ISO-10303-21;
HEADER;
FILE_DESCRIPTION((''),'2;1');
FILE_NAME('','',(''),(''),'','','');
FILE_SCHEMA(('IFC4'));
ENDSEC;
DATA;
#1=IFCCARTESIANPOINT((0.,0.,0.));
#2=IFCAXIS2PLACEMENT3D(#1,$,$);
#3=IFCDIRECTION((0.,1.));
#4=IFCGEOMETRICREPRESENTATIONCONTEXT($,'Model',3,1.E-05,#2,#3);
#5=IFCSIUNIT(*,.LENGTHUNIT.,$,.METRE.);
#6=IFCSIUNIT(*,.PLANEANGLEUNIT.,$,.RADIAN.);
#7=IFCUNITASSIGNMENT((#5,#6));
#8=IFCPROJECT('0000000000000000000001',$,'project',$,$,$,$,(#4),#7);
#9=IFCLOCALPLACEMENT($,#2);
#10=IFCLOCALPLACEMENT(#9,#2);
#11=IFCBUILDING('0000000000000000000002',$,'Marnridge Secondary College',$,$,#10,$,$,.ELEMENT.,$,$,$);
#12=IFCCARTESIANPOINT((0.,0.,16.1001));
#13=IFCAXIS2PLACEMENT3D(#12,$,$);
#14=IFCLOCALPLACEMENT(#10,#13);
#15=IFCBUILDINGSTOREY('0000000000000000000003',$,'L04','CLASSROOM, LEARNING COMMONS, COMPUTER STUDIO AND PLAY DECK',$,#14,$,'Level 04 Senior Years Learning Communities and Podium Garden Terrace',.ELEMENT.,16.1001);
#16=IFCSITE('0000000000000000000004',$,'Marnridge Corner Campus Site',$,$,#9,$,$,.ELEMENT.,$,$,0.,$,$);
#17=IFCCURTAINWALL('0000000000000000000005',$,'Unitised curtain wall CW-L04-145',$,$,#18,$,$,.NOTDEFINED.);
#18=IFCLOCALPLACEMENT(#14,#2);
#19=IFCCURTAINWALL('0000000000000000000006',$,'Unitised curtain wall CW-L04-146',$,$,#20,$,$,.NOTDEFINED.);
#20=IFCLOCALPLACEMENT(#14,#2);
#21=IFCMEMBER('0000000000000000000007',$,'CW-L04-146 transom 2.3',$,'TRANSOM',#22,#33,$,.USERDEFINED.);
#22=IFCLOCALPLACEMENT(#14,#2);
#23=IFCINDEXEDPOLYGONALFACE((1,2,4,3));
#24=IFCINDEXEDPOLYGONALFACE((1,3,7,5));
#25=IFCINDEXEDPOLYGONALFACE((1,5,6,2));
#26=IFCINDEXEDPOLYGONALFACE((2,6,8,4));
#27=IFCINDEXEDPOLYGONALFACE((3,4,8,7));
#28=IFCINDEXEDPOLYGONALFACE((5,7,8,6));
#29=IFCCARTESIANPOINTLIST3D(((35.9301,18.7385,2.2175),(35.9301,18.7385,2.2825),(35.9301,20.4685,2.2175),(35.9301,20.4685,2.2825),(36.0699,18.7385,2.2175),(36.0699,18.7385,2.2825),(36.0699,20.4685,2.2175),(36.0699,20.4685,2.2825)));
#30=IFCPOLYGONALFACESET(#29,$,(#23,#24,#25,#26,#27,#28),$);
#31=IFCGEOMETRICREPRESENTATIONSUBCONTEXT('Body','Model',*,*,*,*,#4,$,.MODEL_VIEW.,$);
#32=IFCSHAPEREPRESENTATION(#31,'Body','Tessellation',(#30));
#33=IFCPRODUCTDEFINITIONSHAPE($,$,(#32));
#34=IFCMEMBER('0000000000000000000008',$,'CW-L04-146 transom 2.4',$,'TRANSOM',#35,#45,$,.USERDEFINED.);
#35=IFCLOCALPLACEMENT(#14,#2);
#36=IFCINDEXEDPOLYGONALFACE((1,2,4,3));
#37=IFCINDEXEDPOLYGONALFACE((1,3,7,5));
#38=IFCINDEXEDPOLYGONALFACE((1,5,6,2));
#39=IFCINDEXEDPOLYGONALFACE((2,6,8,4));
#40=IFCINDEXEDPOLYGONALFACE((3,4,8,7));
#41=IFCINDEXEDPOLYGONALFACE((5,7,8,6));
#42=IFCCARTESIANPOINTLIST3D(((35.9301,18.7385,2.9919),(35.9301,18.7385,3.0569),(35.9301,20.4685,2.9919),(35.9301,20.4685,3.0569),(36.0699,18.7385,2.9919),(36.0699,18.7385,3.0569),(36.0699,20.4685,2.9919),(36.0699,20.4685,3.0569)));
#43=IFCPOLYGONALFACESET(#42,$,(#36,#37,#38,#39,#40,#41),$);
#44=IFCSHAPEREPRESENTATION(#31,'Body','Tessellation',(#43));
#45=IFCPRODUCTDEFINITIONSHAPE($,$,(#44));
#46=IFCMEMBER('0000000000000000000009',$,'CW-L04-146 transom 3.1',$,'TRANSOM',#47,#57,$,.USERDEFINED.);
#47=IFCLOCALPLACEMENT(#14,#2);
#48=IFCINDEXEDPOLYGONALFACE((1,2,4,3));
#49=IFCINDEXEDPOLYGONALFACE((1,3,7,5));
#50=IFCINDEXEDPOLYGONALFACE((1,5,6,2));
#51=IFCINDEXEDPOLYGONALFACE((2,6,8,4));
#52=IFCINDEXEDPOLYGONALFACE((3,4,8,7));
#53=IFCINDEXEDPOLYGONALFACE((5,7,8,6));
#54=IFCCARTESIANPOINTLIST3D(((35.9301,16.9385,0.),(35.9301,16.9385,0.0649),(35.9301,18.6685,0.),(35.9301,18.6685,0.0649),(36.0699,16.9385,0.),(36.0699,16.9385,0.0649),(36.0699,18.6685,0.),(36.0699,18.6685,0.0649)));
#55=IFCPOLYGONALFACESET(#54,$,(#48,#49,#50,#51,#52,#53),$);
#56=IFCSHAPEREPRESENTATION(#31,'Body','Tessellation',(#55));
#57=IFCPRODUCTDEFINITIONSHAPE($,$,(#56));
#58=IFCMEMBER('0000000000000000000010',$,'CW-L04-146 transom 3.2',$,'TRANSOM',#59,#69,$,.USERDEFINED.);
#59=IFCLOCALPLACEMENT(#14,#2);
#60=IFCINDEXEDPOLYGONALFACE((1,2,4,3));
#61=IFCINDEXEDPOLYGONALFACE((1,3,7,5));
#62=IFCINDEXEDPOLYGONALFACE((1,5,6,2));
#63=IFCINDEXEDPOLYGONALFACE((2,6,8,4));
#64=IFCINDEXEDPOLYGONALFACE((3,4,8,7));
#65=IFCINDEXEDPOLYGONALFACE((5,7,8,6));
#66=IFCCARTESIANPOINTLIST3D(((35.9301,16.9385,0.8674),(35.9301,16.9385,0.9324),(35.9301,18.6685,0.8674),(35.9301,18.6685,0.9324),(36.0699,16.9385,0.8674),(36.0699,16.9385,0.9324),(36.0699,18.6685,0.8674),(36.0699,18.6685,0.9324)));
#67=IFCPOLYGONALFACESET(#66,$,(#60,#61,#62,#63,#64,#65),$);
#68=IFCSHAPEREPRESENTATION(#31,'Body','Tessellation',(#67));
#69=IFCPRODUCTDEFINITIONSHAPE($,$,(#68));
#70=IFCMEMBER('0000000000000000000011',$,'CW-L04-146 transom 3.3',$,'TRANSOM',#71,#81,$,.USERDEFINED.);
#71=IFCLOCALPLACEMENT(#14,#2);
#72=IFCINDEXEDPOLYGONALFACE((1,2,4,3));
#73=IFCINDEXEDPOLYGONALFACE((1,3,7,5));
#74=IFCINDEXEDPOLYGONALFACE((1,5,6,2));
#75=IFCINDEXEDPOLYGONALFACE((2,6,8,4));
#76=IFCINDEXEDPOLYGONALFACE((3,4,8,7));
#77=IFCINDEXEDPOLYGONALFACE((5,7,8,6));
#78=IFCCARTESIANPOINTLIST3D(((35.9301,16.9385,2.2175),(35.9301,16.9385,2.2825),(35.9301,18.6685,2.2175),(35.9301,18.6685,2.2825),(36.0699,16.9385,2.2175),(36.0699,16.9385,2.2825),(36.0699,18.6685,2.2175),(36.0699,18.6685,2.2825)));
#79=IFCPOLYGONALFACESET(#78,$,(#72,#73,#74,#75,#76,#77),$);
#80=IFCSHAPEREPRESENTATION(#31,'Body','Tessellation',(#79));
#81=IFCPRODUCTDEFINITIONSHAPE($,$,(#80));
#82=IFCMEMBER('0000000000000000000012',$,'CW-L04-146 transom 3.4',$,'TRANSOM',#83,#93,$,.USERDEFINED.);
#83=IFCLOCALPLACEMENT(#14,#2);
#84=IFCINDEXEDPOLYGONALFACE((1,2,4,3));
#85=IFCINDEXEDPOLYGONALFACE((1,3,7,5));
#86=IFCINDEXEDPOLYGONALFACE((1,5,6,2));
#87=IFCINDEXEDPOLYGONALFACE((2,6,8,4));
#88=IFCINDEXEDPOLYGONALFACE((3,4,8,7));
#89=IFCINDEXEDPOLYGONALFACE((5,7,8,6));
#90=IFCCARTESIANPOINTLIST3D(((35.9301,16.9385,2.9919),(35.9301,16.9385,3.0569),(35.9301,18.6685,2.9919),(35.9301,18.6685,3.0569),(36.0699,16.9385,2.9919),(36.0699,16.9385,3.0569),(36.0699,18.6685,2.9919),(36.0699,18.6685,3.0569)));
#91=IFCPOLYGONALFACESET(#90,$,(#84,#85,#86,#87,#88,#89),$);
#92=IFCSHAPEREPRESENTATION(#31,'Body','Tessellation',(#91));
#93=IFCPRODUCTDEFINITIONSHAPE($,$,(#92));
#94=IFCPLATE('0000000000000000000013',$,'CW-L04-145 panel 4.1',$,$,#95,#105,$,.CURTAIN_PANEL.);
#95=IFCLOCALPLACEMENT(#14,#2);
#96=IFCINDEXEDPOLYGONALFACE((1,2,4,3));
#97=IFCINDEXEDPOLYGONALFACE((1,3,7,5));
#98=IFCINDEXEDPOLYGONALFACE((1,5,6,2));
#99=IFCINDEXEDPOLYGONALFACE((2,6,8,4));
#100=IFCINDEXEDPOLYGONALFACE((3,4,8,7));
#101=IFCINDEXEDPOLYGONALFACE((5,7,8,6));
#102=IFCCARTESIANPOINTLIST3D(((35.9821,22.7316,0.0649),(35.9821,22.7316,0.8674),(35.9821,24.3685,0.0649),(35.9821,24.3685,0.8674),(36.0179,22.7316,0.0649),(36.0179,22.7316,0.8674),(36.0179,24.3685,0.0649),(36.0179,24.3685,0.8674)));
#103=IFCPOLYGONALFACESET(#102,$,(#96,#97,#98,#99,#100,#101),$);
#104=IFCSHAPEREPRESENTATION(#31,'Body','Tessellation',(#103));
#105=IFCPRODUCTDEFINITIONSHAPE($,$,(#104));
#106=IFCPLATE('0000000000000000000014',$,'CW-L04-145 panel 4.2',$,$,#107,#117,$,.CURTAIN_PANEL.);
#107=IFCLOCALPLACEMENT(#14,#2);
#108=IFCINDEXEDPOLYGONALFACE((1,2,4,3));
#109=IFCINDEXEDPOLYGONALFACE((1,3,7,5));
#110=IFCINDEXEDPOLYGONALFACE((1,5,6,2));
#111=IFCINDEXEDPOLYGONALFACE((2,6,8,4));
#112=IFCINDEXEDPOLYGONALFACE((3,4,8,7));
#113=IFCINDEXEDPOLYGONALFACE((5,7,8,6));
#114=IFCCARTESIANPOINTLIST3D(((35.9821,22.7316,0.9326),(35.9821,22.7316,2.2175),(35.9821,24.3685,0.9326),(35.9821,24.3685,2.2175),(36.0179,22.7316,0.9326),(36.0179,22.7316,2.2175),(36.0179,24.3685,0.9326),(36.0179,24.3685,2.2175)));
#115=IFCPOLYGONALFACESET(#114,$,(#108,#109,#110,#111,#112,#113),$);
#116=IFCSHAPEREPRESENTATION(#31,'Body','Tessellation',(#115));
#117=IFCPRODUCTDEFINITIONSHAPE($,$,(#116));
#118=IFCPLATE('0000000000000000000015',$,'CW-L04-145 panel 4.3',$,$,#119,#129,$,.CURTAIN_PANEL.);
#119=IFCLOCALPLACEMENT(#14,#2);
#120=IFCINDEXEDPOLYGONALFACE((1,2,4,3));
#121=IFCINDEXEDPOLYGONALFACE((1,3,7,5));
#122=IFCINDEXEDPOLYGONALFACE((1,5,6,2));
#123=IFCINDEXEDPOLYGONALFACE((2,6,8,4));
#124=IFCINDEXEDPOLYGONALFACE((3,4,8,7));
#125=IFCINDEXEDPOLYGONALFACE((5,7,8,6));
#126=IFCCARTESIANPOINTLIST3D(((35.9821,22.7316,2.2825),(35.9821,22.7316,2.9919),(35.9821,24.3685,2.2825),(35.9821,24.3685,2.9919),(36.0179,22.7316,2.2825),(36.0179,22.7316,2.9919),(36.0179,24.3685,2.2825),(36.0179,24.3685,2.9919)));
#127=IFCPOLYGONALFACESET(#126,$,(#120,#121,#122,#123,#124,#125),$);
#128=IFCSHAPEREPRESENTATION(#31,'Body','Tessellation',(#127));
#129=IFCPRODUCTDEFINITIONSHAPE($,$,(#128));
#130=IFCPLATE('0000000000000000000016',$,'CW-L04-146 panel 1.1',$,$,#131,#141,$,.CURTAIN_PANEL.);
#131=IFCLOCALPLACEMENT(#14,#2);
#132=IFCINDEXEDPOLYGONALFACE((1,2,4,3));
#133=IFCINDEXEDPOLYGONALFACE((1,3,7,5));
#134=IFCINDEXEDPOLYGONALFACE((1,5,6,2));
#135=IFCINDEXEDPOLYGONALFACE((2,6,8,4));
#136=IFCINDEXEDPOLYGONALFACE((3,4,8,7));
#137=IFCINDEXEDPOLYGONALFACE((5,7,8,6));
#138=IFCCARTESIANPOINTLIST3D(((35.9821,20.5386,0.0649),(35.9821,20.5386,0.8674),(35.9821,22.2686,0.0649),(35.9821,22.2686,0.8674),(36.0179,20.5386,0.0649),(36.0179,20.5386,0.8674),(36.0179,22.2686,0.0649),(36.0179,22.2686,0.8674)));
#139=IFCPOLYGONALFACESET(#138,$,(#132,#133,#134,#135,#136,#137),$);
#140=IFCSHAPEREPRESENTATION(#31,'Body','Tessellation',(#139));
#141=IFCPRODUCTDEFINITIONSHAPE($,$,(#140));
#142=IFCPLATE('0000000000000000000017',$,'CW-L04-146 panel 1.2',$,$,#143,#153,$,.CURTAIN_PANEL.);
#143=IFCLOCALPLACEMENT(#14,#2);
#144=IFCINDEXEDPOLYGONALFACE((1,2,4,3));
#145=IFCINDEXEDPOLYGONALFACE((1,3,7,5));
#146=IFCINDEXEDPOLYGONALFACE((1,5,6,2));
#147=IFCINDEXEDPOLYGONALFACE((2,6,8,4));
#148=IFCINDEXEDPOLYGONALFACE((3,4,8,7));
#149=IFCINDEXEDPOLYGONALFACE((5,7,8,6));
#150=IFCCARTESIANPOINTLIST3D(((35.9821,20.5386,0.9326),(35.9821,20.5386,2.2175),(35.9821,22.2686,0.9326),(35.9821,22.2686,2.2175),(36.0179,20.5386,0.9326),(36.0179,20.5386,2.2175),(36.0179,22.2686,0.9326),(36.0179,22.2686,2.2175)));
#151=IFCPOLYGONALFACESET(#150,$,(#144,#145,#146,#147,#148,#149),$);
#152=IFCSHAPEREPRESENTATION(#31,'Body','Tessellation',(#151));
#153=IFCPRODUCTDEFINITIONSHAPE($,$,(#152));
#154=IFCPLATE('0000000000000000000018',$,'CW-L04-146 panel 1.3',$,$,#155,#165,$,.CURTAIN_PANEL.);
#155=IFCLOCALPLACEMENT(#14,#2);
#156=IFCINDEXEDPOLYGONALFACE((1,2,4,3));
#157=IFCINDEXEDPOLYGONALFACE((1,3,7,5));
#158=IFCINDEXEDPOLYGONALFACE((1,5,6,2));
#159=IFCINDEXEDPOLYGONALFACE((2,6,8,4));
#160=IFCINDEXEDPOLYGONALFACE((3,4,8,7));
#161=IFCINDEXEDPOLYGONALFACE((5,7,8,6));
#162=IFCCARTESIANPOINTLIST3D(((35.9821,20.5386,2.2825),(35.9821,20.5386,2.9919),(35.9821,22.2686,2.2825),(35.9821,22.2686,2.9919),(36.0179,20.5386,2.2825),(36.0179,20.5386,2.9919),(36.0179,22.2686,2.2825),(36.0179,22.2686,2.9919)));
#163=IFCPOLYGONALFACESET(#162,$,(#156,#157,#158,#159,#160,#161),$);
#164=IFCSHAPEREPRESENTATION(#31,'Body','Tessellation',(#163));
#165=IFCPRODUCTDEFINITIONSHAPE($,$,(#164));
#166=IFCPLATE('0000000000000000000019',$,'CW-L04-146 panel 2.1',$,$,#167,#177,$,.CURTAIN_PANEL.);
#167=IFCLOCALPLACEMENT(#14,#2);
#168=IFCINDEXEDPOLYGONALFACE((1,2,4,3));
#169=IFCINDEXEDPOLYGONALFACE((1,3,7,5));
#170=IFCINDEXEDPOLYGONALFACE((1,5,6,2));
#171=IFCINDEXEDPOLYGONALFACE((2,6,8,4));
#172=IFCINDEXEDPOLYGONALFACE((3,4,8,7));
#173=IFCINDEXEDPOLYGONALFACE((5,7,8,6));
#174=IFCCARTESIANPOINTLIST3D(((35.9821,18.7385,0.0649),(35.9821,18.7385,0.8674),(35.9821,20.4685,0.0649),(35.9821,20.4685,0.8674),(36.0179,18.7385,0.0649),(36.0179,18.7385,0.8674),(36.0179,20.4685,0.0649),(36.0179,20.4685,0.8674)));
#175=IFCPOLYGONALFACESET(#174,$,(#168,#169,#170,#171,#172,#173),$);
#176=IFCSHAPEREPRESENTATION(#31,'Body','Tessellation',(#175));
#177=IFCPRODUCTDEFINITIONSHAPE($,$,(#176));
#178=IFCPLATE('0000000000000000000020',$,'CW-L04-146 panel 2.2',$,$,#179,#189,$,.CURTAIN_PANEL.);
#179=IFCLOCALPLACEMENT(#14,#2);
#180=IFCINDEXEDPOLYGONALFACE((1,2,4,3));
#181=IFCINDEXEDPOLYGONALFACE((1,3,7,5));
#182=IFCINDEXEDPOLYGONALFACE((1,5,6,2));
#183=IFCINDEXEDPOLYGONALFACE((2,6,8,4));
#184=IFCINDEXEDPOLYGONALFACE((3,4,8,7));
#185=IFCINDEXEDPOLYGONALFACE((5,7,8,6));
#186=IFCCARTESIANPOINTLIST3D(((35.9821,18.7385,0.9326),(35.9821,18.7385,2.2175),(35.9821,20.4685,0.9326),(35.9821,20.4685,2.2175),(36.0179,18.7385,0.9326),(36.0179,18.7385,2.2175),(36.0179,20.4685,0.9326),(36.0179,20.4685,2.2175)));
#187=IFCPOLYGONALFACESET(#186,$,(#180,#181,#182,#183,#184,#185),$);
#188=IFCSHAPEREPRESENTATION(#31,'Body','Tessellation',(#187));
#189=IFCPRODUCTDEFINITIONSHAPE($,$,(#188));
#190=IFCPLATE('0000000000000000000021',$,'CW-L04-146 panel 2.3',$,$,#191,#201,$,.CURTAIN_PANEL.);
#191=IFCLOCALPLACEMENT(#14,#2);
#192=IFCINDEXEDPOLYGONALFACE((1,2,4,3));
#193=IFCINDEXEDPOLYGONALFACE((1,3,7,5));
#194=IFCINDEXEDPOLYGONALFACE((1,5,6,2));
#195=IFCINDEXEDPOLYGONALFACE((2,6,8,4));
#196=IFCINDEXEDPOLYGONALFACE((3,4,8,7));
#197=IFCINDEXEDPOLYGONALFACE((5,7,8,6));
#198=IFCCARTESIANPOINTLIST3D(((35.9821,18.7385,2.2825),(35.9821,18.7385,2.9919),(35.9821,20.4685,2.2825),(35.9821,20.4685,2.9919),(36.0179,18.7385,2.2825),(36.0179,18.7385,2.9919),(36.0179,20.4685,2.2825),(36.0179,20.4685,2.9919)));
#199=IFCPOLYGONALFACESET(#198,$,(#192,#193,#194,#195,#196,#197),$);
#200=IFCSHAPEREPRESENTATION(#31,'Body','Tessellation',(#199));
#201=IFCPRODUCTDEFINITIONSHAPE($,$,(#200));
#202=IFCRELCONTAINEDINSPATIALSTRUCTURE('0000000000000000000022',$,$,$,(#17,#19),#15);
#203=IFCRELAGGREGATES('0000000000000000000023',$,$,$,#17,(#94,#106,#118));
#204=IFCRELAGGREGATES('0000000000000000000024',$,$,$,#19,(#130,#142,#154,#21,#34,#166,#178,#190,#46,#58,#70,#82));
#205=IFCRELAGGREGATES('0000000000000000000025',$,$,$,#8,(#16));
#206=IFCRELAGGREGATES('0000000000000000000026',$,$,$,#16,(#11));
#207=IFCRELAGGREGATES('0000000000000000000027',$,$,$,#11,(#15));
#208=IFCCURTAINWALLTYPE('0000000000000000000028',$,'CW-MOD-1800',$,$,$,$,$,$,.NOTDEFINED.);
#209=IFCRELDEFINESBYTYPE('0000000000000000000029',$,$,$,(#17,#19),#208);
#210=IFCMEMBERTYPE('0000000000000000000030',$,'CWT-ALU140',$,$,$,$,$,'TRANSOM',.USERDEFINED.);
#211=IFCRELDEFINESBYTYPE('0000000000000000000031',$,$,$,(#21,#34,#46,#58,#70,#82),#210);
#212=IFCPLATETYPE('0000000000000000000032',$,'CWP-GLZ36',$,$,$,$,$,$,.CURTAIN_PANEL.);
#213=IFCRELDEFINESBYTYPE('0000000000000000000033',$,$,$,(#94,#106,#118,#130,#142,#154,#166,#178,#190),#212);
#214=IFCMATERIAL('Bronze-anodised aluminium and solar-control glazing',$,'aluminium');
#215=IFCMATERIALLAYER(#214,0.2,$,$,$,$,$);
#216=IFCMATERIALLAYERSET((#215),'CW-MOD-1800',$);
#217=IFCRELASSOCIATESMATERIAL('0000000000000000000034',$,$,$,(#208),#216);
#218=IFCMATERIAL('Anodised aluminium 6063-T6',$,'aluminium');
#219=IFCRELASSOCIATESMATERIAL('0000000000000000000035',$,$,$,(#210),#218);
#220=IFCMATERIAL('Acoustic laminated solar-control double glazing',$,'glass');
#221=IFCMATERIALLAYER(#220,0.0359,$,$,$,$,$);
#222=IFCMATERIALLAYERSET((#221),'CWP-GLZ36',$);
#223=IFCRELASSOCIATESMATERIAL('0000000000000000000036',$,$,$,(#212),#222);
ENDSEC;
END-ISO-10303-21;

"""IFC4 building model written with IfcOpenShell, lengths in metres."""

from ifc_helpers import new_model, si_unit, direction, frame, origin, origin_2d, place, context, subcontext, project, spatial, rectangle, extrude, material, layer, layer_set, material_profile, profile_set, type_object, element, aggregate, save


model = new_model("IFC4")

# Units and contexts
model_context = context("Model", 3, precision=1e-05, world=origin(), true_north=direction((0.0, 1.0)))
body_context = subcontext(model_context, "Body", "Model", "MODEL_VIEW")
ifc_project = project(units=[si_unit("LENGTHUNIT", "METRE"), si_unit("PLANEANGLEUNIT", "RADIAN")], contexts=[model_context])

# Site, building, storey
site_placement = place(None, origin())
site = spatial("IfcSite", under=ifc_project, at=site_placement, Name="Marnridge Corner Campus Site", CompositionType="ELEMENT", RefElevation=0.0)
building_placement = place(site_placement, origin())
building = spatial("IfcBuilding", under=site, at=building_placement, Name="Marnridge Secondary College", CompositionType="ELEMENT")
storey_placement = place(building_placement, frame((0.0, 0.0, 16.1001)))
storey = spatial("IfcBuildingStorey", under=building, at=storey_placement, Name="L04", Description="CLASSROOM, LEARNING COMMONS, COMPUTER STUDIO AND PLAY DECK", LongName="Level 04 Senior Years Learning Communities and Podium Garden Terrace", CompositionType="ELEMENT", Elevation=16.1001)

# Curtain wall
ifc_material_1 = material(Name="Bronze-anodised aluminium and solar-control glazing", Category="aluminium")
ifc_layer_1 = layer(ifc_material_1, 0.2)
ifc_layer_set_1 = layer_set([ifc_layer_1], Name="CW-MOD-1800")
curtain_wall_type = type_object("IfcCurtainWallType", Name="CW-MOD-1800", PredefinedType="NOTDEFINED", material=ifc_layer_set_1)
curtain_wall_1_placement = place(storey_placement, origin())
curtain_wall_1 = element("IfcCurtainWall", 1, at=curtain_wall_1_placement, inside=storey, type_object=curtain_wall_type, Name="Unitised curtain wall CW-L04-145", PredefinedType="NOTDEFINED")

# Curtain wall
curtain_wall_2_placement = place(storey_placement, origin())
curtain_wall_2 = element("IfcCurtainWall", 2, at=curtain_wall_2_placement, inside=storey, type_object=curtain_wall_type, Name="Unitised curtain wall CW-L04-146", PredefinedType="NOTDEFINED")

# Members
ifc_material_2 = material(Name="Anodised aluminium 6063-T6", Category="aluminium")
ifc_material_profile_1 = material_profile(ifc_material_2, rectangle(XDim=0.0649, YDim=0.1399, at=origin_2d()), Name="ALU 65x140")
ifc_profile_set_1 = profile_set([ifc_material_profile_1], Name="Anodised aluminium 6063-T6")
member_type_1 = type_object("IfcMemberType", Name="CWT-ALU140", ElementType="TRANSOM", PredefinedType="USERDEFINED", material=ifc_profile_set_1)
member_1_placement = place(storey_placement, frame((36.0, 20.4685, 2.25), z_axis=(0.0, -1.0, 0.0), x_axis=(0.0, 0.0, 1.0)))
member_1 = element("IfcMember", 3, at=member_1_placement, type_object=member_type_1, Name="CW-L04-146 transom 2.3", ObjectType="TRANSOM", PredefinedType="USERDEFINED", context=body_context, shape_type="SweptSolid", body=[
    extrude(rectangle(XDim=0.0649, YDim=0.1399, at=origin_2d()), origin(), (0.0, 0.0, 1.0), 1.73),
])
member_2_placement = place(storey_placement, frame((36.0, 20.4685, 3.0244), z_axis=(0.0, -1.0, 0.0), x_axis=(0.0, 0.0, 1.0)))
member_2 = element("IfcMember", 4, at=member_2_placement, type_object=member_type_1, Name="CW-L04-146 transom 2.4", ObjectType="TRANSOM", PredefinedType="USERDEFINED", context=body_context, shape_type="SweptSolid", body=[
    extrude(rectangle(XDim=0.0649, YDim=0.1399, at=origin_2d()), origin(), (0.0, 0.0, 1.0), 1.73),
])
member_3_placement = place(storey_placement, frame((36.0, 18.6685, 0.0325), z_axis=(0.0, -1.0, 0.0), x_axis=(0.0, 0.0, 1.0)))
member_3 = element("IfcMember", 5, at=member_3_placement, type_object=member_type_1, Name="CW-L04-146 transom 3.1", ObjectType="TRANSOM", PredefinedType="USERDEFINED", context=body_context, shape_type="SweptSolid", body=[
    extrude(rectangle(XDim=0.0649, YDim=0.1399, at=origin_2d()), origin(), (0.0, 0.0, 1.0), 1.73),
])
member_4_placement = place(storey_placement, frame((36.0, 18.6685, 0.8999), z_axis=(0.0, -1.0, 0.0), x_axis=(0.0, 0.0, 1.0)))
member_4 = element("IfcMember", 6, at=member_4_placement, type_object=member_type_1, Name="CW-L04-146 transom 3.2", ObjectType="TRANSOM", PredefinedType="USERDEFINED", context=body_context, shape_type="SweptSolid", body=[
    extrude(rectangle(XDim=0.0649, YDim=0.1399, at=origin_2d()), origin(), (0.0, 0.0, 1.0), 1.73),
])
member_5_placement = place(storey_placement, frame((36.0, 18.6685, 2.25), z_axis=(0.0, -1.0, 0.0), x_axis=(0.0, 0.0, 1.0)))
member_5 = element("IfcMember", 7, at=member_5_placement, type_object=member_type_1, Name="CW-L04-146 transom 3.3", ObjectType="TRANSOM", PredefinedType="USERDEFINED", context=body_context, shape_type="SweptSolid", body=[
    extrude(rectangle(XDim=0.0649, YDim=0.1399, at=origin_2d()), origin(), (0.0, 0.0, 1.0), 1.73),
])
member_6_placement = place(storey_placement, frame((36.0, 18.6685, 3.0244), z_axis=(0.0, -1.0, 0.0), x_axis=(0.0, 0.0, 1.0)))
member_6 = element("IfcMember", 8, at=member_6_placement, type_object=member_type_1, Name="CW-L04-146 transom 3.4", ObjectType="TRANSOM", PredefinedType="USERDEFINED", context=body_context, shape_type="SweptSolid", body=[
    extrude(rectangle(XDim=0.0649, YDim=0.1399, at=origin_2d()), origin(), (0.0, 0.0, 1.0), 1.73),
])

# Plates
ifc_material_3 = material(Name="Acoustic laminated solar-control double glazing", Category="glass")
ifc_layer_2 = layer(ifc_material_3, 0.0359)
ifc_layer_set_2 = layer_set([ifc_layer_2], Name="CWP-GLZ36")
plate_type = type_object("IfcPlateType", Name="CWP-GLZ36", PredefinedType="CURTAIN_PANEL", material=ifc_layer_set_2)
plate_1_placement = place(storey_placement, frame((36.0, 23.55, 0.0649), z_axis=(0.0, 0.0, 1.0), x_axis=(0.0, -1.0, 0.0)))
plate_1 = element("IfcPlate", 9, at=plate_1_placement, type_object=plate_type, Name="CW-L04-145 panel 4.1", PredefinedType="CURTAIN_PANEL", context=body_context, shape_type="SweptSolid", body=[
    extrude(rectangle(XDim=1.637, YDim=0.0359, at=origin_2d()), origin(), (0.0, 0.0, 1.0), 0.8025),
])
plate_2_placement = place(storey_placement, frame((36.0, 23.55, 0.9326), z_axis=(0.0, 0.0, 1.0), x_axis=(0.0, -1.0, 0.0)))
plate_2 = element("IfcPlate", 10, at=plate_2_placement, type_object=plate_type, Name="CW-L04-145 panel 4.2", PredefinedType="CURTAIN_PANEL", context=body_context, shape_type="SweptSolid", body=[
    extrude(rectangle(XDim=1.637, YDim=0.0359, at=origin_2d()), origin(), (0.0, 0.0, 1.0), 1.2849),
])
plate_3_placement = place(storey_placement, frame((36.0, 23.55, 2.2825), z_axis=(0.0, 0.0, 1.0), x_axis=(0.0, -1.0, 0.0)))
plate_3 = element("IfcPlate", 11, at=plate_3_placement, type_object=plate_type, Name="CW-L04-145 panel 4.3", PredefinedType="CURTAIN_PANEL", context=body_context, shape_type="SweptSolid", body=[
    extrude(rectangle(XDim=1.637, YDim=0.0359, at=origin_2d()), origin(), (0.0, 0.0, 1.0), 0.7095),
])
aggregate(curtain_wall_1, [plate_1, plate_2, plate_3])
plate_4_placement = place(storey_placement, frame((36.0, 21.4036, 0.0649), z_axis=(0.0, 0.0, 1.0), x_axis=(0.0, -1.0, 0.0)))
plate_4 = element("IfcPlate", 12, at=plate_4_placement, type_object=plate_type, Name="CW-L04-146 panel 1.1", PredefinedType="CURTAIN_PANEL", context=body_context, shape_type="SweptSolid", body=[
    extrude(rectangle(XDim=1.73, YDim=0.0359, at=origin_2d()), origin(), (0.0, 0.0, 1.0), 0.8025),
])
plate_5_placement = place(storey_placement, frame((36.0, 21.4036, 0.9326), z_axis=(0.0, 0.0, 1.0), x_axis=(0.0, -1.0, 0.0)))
plate_5 = element("IfcPlate", 13, at=plate_5_placement, type_object=plate_type, Name="CW-L04-146 panel 1.2", PredefinedType="CURTAIN_PANEL", context=body_context, shape_type="SweptSolid", body=[
    extrude(rectangle(XDim=1.73, YDim=0.0359, at=origin_2d()), origin(), (0.0, 0.0, 1.0), 1.2849),
])
plate_6_placement = place(storey_placement, frame((36.0, 21.4036, 2.2825), z_axis=(0.0, 0.0, 1.0), x_axis=(0.0, -1.0, 0.0)))
plate_6 = element("IfcPlate", 14, at=plate_6_placement, type_object=plate_type, Name="CW-L04-146 panel 1.3", PredefinedType="CURTAIN_PANEL", context=body_context, shape_type="SweptSolid", body=[
    extrude(rectangle(XDim=1.73, YDim=0.0359, at=origin_2d()), origin(), (0.0, 0.0, 1.0), 0.7095),
])
plate_7_placement = place(storey_placement, frame((36.0, 19.6035, 0.0649), z_axis=(0.0, 0.0, 1.0), x_axis=(0.0, -1.0, 0.0)))
plate_7 = element("IfcPlate", 15, at=plate_7_placement, type_object=plate_type, Name="CW-L04-146 panel 2.1", PredefinedType="CURTAIN_PANEL", context=body_context, shape_type="SweptSolid", body=[
    extrude(rectangle(XDim=1.73, YDim=0.0359, at=origin_2d()), origin(), (0.0, 0.0, 1.0), 0.8025),
])
plate_8_placement = place(storey_placement, frame((36.0, 19.6035, 0.9326), z_axis=(0.0, 0.0, 1.0), x_axis=(0.0, -1.0, 0.0)))
plate_8 = element("IfcPlate", 16, at=plate_8_placement, type_object=plate_type, Name="CW-L04-146 panel 2.2", PredefinedType="CURTAIN_PANEL", context=body_context, shape_type="SweptSolid", body=[
    extrude(rectangle(XDim=1.73, YDim=0.0359, at=origin_2d()), origin(), (0.0, 0.0, 1.0), 1.2849),
])
plate_9_placement = place(storey_placement, frame((36.0, 19.6035, 2.2825), z_axis=(0.0, 0.0, 1.0), x_axis=(0.0, -1.0, 0.0)))
plate_9 = element("IfcPlate", 17, at=plate_9_placement, type_object=plate_type, Name="CW-L04-146 panel 2.3", PredefinedType="CURTAIN_PANEL", context=body_context, shape_type="SweptSolid", body=[
    extrude(rectangle(XDim=1.73, YDim=0.0359, at=origin_2d()), origin(), (0.0, 0.0, 1.0), 0.7095),
])
aggregate(curtain_wall_2, [plate_4, plate_5, plate_6, member_1, member_2, plate_7, plate_8, plate_9, member_3, member_4, member_5, member_6])

save(model, "model.ifc")
